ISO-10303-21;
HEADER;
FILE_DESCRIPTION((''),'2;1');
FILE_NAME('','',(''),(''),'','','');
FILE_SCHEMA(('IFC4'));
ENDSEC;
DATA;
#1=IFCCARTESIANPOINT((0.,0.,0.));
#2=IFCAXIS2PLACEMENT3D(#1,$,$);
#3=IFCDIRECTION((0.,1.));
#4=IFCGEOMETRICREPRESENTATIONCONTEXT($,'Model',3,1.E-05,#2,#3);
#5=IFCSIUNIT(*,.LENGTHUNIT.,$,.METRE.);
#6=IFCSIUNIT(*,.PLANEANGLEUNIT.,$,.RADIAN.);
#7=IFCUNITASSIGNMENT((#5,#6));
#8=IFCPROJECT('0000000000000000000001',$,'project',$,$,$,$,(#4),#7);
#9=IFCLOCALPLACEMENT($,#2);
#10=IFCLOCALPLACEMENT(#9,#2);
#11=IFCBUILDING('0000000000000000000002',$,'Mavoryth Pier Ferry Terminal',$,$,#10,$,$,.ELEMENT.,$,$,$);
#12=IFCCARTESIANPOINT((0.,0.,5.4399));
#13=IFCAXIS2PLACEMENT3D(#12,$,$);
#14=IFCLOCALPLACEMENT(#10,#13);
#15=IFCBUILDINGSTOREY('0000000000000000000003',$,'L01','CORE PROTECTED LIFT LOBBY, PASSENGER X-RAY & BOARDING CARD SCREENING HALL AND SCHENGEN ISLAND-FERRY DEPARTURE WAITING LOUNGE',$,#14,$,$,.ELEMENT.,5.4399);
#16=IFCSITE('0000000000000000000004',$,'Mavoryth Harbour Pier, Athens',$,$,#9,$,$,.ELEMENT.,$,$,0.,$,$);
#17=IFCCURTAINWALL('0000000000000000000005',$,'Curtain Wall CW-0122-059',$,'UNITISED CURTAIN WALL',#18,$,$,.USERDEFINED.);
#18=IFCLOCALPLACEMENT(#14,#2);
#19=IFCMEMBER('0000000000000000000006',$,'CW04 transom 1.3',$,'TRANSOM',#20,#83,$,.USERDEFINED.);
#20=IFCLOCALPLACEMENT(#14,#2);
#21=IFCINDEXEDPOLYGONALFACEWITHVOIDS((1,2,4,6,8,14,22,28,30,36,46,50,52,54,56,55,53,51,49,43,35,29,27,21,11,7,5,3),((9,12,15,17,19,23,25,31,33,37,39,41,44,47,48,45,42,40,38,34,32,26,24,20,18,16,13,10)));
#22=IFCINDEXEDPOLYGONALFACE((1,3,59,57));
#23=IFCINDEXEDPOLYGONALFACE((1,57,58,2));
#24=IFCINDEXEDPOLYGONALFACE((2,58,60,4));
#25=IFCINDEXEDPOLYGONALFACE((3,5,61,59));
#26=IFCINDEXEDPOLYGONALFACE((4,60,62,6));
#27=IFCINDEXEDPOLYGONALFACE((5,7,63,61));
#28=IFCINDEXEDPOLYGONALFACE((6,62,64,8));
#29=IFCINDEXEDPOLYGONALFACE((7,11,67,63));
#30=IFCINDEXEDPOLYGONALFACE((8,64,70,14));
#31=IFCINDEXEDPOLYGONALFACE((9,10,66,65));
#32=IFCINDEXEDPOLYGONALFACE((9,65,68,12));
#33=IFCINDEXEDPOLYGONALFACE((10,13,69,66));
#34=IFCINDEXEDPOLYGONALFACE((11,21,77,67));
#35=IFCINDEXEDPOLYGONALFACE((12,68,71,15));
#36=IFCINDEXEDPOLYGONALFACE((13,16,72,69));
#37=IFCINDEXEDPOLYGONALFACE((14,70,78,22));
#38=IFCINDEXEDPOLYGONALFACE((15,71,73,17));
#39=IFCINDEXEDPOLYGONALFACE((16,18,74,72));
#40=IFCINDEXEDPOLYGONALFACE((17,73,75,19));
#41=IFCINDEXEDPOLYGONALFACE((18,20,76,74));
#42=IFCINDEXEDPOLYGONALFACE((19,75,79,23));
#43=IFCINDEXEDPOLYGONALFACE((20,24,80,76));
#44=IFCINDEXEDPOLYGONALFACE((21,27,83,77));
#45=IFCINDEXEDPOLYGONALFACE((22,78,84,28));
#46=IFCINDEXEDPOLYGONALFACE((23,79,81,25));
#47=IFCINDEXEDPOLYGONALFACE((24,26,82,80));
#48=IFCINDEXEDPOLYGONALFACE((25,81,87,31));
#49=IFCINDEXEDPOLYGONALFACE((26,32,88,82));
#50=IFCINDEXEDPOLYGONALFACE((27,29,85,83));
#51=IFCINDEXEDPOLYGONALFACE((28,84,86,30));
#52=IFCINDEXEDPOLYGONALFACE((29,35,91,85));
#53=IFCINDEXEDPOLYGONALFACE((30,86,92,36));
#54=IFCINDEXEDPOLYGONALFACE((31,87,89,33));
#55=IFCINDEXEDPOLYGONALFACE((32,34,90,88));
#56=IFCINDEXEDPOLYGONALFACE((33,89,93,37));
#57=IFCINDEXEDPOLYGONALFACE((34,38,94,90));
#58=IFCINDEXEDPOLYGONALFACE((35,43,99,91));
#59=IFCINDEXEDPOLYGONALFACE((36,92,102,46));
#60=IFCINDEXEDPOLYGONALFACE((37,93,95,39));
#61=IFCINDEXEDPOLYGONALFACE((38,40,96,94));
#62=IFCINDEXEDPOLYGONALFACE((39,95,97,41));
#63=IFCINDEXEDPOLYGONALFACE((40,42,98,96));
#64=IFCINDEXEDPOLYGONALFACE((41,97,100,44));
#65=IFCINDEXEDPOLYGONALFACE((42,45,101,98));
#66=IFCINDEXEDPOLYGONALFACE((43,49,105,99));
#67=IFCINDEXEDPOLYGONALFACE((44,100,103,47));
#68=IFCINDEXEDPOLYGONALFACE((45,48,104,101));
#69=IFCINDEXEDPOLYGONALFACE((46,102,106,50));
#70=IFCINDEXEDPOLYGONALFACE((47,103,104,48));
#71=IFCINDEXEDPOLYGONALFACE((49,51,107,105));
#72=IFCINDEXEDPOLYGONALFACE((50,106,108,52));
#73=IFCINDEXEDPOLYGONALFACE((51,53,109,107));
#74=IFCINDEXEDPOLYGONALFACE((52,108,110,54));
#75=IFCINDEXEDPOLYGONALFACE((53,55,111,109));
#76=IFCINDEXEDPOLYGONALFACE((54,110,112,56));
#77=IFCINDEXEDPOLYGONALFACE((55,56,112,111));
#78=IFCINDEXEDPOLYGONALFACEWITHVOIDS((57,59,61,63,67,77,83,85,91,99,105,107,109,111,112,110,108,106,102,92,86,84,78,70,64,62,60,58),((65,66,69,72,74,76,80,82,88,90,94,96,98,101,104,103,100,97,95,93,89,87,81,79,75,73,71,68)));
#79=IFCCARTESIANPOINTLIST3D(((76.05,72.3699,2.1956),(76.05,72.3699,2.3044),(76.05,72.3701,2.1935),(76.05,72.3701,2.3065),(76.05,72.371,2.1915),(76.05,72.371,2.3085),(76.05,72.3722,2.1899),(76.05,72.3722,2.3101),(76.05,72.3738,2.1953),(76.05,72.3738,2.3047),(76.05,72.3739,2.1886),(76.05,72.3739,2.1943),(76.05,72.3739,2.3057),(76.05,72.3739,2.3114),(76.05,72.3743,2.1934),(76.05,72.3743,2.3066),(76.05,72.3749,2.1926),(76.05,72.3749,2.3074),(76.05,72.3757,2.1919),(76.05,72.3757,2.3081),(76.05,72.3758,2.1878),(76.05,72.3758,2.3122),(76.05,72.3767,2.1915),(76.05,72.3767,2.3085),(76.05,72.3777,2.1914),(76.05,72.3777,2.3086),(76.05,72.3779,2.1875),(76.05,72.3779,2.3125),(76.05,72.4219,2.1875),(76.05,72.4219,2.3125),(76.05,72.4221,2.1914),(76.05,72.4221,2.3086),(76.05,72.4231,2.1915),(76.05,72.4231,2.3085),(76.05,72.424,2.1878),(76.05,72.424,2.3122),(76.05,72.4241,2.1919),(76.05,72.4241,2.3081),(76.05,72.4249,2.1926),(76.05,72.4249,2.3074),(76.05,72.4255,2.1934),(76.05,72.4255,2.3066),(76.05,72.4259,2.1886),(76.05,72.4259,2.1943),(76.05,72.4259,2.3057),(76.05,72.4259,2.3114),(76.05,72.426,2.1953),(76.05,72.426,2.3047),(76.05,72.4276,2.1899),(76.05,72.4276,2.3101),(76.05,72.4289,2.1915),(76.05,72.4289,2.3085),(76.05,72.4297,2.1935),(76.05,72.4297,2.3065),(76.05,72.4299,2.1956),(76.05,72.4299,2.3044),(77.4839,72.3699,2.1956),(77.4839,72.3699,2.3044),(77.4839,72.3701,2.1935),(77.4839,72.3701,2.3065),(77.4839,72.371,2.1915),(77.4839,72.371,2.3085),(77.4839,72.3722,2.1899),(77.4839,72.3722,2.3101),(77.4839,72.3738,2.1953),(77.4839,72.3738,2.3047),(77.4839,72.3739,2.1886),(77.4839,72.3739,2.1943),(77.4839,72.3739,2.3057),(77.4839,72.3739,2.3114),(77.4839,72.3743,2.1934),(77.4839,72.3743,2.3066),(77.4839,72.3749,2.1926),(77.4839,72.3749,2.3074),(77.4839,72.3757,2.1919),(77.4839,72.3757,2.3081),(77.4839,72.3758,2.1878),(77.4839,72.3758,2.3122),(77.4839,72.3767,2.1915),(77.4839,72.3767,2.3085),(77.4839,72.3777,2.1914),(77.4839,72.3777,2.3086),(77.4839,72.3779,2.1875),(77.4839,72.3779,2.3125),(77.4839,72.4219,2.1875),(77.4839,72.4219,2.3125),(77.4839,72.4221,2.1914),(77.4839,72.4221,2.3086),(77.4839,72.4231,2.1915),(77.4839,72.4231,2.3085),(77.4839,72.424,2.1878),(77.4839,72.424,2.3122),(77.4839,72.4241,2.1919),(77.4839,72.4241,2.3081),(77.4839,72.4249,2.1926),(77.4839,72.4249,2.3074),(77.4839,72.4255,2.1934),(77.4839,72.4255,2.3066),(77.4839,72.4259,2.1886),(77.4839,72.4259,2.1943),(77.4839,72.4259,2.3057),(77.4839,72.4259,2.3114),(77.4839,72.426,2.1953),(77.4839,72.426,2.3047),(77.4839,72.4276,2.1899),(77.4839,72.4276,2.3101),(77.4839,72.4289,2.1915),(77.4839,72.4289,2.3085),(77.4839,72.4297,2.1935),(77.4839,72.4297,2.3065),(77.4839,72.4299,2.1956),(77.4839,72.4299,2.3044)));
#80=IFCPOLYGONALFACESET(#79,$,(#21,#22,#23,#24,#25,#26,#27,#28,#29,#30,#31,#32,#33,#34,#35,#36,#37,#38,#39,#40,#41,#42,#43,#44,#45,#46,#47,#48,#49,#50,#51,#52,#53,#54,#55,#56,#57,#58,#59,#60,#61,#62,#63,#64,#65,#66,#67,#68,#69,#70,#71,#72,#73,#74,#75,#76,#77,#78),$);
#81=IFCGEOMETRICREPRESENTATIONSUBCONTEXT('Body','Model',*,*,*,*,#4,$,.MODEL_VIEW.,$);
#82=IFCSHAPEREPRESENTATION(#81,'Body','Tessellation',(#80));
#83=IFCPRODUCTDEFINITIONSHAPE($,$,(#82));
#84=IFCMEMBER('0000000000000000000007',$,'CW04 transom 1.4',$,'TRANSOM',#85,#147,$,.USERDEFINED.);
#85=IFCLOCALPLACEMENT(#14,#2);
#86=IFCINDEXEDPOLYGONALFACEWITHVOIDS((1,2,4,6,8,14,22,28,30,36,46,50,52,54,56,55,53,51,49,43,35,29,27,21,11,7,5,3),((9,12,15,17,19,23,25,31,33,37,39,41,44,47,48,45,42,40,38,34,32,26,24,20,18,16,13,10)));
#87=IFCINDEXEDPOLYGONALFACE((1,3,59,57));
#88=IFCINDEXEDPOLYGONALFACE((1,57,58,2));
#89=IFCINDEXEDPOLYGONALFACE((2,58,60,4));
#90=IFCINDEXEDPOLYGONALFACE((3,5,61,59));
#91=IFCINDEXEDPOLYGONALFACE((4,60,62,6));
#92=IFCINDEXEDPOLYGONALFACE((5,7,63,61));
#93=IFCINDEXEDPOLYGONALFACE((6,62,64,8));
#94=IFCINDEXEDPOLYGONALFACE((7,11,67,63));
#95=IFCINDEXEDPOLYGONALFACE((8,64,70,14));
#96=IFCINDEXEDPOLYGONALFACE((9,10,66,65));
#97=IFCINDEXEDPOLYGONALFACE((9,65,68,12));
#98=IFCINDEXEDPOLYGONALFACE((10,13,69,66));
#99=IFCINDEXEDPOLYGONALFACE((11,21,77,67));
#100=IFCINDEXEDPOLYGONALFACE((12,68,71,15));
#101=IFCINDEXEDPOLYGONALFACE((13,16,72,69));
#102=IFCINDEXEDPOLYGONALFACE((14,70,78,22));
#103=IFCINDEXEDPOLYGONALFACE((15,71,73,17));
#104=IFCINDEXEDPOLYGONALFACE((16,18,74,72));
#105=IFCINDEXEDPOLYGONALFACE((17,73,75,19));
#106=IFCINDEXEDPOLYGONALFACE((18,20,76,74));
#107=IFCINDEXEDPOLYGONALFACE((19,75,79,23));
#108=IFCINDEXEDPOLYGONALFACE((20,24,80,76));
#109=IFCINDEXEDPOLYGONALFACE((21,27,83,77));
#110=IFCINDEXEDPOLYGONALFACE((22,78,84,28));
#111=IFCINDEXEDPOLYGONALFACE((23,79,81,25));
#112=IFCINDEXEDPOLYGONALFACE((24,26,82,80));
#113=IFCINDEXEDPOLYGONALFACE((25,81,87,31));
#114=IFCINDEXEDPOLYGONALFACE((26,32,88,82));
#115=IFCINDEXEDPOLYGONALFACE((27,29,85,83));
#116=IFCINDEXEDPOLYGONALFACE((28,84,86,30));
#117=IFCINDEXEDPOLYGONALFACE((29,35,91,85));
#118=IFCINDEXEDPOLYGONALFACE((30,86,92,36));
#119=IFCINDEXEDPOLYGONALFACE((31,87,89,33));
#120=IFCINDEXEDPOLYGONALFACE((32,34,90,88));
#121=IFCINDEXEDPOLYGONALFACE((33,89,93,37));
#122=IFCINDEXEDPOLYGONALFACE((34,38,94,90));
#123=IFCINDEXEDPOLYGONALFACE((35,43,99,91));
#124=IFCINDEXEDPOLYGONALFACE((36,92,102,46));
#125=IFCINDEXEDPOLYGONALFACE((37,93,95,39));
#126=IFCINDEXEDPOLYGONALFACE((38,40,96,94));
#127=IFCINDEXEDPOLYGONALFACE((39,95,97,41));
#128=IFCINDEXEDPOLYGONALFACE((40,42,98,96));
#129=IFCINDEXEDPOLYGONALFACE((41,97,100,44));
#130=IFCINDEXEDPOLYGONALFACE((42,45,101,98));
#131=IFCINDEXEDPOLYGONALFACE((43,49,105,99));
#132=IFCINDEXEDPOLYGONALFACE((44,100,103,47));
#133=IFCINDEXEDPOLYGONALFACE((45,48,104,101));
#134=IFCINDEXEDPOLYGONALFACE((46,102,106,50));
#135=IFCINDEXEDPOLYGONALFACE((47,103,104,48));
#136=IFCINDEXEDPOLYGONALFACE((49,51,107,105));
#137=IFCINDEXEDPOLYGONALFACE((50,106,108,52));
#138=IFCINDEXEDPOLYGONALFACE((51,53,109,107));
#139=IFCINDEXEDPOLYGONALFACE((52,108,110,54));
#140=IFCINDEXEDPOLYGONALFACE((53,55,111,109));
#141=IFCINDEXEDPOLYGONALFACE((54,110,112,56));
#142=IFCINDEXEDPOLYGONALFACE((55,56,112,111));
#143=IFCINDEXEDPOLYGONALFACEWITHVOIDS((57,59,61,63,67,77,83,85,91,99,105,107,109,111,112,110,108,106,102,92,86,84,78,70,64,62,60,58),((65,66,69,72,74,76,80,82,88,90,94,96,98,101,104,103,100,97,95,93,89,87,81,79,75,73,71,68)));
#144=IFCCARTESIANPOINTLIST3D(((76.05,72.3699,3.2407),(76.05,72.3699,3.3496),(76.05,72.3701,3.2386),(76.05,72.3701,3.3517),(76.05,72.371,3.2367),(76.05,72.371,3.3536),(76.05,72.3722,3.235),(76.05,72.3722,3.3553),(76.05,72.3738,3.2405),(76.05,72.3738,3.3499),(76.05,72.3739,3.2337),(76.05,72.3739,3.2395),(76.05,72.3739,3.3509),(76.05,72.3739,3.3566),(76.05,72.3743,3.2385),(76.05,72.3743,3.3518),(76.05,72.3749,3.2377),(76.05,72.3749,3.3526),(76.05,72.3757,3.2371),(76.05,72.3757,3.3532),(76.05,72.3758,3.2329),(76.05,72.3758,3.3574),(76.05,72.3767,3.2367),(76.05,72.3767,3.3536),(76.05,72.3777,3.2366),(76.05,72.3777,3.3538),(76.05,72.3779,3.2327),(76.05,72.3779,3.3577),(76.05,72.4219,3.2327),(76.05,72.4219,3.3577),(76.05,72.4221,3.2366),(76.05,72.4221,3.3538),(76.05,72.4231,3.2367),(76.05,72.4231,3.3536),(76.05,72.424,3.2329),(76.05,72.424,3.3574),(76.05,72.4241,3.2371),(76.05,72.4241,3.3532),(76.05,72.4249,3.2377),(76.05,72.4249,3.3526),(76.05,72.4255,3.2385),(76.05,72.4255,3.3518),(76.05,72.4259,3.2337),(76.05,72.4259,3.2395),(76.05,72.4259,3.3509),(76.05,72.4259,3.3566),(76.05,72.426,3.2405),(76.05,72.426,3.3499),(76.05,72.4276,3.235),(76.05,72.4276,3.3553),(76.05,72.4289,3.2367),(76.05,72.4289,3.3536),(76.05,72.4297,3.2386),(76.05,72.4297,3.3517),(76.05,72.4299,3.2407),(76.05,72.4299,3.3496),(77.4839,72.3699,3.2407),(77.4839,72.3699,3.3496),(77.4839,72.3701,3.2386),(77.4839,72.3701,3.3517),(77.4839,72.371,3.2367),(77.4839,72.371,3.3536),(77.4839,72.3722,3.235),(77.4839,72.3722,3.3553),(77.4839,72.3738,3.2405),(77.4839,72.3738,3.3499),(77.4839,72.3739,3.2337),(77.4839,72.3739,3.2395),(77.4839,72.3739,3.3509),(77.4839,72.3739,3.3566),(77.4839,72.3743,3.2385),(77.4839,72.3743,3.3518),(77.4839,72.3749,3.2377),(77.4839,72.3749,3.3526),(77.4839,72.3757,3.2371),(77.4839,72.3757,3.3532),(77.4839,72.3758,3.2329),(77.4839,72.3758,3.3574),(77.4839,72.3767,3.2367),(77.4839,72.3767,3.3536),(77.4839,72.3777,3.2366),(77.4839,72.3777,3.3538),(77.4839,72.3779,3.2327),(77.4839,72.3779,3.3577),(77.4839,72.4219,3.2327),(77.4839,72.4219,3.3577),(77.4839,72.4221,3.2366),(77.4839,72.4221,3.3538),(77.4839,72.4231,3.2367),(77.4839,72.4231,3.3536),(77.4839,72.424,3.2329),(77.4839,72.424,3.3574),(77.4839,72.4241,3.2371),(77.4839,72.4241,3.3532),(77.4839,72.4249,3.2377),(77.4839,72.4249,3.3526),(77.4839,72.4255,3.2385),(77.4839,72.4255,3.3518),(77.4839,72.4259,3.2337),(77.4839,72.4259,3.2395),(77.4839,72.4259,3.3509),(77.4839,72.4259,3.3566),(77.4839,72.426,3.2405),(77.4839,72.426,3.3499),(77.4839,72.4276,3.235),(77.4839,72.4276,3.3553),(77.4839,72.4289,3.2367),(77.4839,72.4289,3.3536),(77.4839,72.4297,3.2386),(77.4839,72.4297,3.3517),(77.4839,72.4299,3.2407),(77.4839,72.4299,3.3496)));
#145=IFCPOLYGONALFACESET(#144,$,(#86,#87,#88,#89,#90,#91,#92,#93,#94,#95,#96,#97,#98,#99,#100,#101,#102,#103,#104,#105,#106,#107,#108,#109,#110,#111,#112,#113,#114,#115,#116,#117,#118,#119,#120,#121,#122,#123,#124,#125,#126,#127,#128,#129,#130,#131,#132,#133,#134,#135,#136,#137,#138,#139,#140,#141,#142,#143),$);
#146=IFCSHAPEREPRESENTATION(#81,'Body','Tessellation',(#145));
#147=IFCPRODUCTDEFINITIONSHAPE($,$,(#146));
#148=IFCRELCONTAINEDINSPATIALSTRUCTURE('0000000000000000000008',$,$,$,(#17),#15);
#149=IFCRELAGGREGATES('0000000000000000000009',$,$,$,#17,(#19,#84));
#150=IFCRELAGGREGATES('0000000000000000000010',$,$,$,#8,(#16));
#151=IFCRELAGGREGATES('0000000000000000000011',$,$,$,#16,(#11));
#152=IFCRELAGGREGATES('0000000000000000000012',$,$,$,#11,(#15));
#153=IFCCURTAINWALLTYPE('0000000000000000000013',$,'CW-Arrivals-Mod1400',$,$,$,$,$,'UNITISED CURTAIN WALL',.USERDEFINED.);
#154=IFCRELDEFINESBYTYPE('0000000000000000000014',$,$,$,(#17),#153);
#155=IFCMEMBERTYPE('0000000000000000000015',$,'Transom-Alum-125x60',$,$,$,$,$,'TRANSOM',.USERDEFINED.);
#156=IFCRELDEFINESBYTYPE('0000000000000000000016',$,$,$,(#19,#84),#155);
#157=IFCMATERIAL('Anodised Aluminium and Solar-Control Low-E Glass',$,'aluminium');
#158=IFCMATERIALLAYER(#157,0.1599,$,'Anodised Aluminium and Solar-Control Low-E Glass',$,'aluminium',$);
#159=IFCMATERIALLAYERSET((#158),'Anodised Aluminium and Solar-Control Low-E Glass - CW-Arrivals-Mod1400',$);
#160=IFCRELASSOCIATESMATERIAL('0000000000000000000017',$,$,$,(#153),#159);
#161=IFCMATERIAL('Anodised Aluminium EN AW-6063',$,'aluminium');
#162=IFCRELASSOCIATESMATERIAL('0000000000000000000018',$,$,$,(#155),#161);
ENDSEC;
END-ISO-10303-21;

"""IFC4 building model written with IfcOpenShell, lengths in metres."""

from ifc_helpers import new_model, si_unit, direction, frame, origin, origin_2d, place, context, subcontext, project, spatial, hollow_rectangle, extrude, material, layer, layer_set, material_profile, profile_set, type_object, element, aggregate, save


model = new_model("IFC4")

# Units and contexts
model_context = context("Model", 3, precision=1e-05, world=origin(), true_north=direction((0.0, 1.0)))
body_context = subcontext(model_context, "Body", "Model", "MODEL_VIEW")
ifc_project = project(units=[si_unit("LENGTHUNIT", "METRE"), si_unit("PLANEANGLEUNIT", "RADIAN")], contexts=[model_context])

# Site, building, storey
site_placement = place(None, origin())
site = spatial("IfcSite", under=ifc_project, at=site_placement, Name="Mavoryth Harbour Pier, Athens", CompositionType="ELEMENT", RefElevation=0.0)
building_placement = place(site_placement, origin())
building = spatial("IfcBuilding", under=site, at=building_placement, Name="Mavoryth Pier Ferry Terminal", CompositionType="ELEMENT")
storey_placement = place(building_placement, frame((0.0, 0.0, 5.4399)))
storey = spatial("IfcBuildingStorey", under=building, at=storey_placement, Name="L01", Description="CORE PROTECTED LIFT LOBBY, PASSENGER X-RAY & BOARDING CARD SCREENING HALL AND SCHENGEN ISLAND-FERRY DEPARTURE WAITING LOUNGE", CompositionType="ELEMENT", Elevation=5.4399)

# Shared definitions
ifc_material_1 = material(Name="Anodised Aluminium and Solar-Control Low-E Glass", Category="aluminium")
ifc_layer_1 = layer(ifc_material_1, 0.1599, Name="Anodised Aluminium and Solar-Control Low-E Glass", Category="aluminium")
ifc_layer_set_1 = layer_set([ifc_layer_1], Name="Anodised Aluminium and Solar-Control Low-E Glass - CW-Arrivals-Mod1400")
curtain_wall_type = type_object("IfcCurtainWallType", Name="CW-Arrivals-Mod1400", ElementType="UNITISED CURTAIN WALL", PredefinedType="USERDEFINED", material=ifc_layer_set_1)
ifc_material_2 = material(Name="Anodised Aluminium EN AW-6063", Category="aluminium")

# Curtain wall
curtain_wall_1_placement = place(storey_placement, origin())
curtain_wall_1 = element("IfcCurtainWall", 1, at=curtain_wall_1_placement, inside=storey, type_object=curtain_wall_type, Name="Curtain Wall CW-0122-059", ObjectType="UNITISED CURTAIN WALL", PredefinedType="USERDEFINED")

# Members
ifc_material_profile_1 = material_profile(ifc_material_2, hollow_rectangle(XDim=0.0601, YDim=0.125, WallThickness=0.0039, InnerFilletRadius=0.0039, OuterFilletRadius=0.0081, at=origin_2d()), Name="AL-TRAN 125x60x4", Category="aluminium")
ifc_profile_set_1 = profile_set([ifc_material_profile_1], Name="Anodised Aluminium EN AW-6063 - AL-TRAN 125x60x4")
member_type_1 = type_object("IfcMemberType", Name="Transom-Alum-125x60", ElementType="TRANSOM", PredefinedType="USERDEFINED", material=ifc_profile_set_1)
member_1_placement = place(storey_placement, frame((76.05, 72.3999, 2.25), z_axis=(1.0, 0.0, 0.0), x_axis=(0.0, 1.0, 0.0)))
member_1 = element("IfcMember", 2, at=member_1_placement, type_object=member_type_1, Name="CW04 transom 1.3", ObjectType="TRANSOM", PredefinedType="USERDEFINED", context=body_context, shape_type="SweptSolid", body=[
    extrude(hollow_rectangle(XDim=0.0601, YDim=0.125, WallThickness=0.0039, InnerFilletRadius=0.0039, OuterFilletRadius=0.0081, at=origin_2d()), origin(), (0.0, 0.0, 1.0), 1.4338),
])
member_2_placement = place(storey_placement, frame((76.05, 72.3999, 3.2952), z_axis=(1.0, 0.0, 0.0), x_axis=(0.0, 1.0, 0.0)))
member_2 = element("IfcMember", 3, at=member_2_placement, type_object=member_type_1, Name="CW04 transom 1.4", ObjectType="TRANSOM", PredefinedType="USERDEFINED", context=body_context, shape_type="SweptSolid", body=[
    extrude(hollow_rectangle(XDim=0.0601, YDim=0.125, WallThickness=0.0039, InnerFilletRadius=0.0039, OuterFilletRadius=0.0081, at=origin_2d()), origin(), (0.0, 0.0, 1.0), 1.4338),
])

aggregate(curtain_wall_1, [member_1, member_2])

save(model, "model.ifc")
